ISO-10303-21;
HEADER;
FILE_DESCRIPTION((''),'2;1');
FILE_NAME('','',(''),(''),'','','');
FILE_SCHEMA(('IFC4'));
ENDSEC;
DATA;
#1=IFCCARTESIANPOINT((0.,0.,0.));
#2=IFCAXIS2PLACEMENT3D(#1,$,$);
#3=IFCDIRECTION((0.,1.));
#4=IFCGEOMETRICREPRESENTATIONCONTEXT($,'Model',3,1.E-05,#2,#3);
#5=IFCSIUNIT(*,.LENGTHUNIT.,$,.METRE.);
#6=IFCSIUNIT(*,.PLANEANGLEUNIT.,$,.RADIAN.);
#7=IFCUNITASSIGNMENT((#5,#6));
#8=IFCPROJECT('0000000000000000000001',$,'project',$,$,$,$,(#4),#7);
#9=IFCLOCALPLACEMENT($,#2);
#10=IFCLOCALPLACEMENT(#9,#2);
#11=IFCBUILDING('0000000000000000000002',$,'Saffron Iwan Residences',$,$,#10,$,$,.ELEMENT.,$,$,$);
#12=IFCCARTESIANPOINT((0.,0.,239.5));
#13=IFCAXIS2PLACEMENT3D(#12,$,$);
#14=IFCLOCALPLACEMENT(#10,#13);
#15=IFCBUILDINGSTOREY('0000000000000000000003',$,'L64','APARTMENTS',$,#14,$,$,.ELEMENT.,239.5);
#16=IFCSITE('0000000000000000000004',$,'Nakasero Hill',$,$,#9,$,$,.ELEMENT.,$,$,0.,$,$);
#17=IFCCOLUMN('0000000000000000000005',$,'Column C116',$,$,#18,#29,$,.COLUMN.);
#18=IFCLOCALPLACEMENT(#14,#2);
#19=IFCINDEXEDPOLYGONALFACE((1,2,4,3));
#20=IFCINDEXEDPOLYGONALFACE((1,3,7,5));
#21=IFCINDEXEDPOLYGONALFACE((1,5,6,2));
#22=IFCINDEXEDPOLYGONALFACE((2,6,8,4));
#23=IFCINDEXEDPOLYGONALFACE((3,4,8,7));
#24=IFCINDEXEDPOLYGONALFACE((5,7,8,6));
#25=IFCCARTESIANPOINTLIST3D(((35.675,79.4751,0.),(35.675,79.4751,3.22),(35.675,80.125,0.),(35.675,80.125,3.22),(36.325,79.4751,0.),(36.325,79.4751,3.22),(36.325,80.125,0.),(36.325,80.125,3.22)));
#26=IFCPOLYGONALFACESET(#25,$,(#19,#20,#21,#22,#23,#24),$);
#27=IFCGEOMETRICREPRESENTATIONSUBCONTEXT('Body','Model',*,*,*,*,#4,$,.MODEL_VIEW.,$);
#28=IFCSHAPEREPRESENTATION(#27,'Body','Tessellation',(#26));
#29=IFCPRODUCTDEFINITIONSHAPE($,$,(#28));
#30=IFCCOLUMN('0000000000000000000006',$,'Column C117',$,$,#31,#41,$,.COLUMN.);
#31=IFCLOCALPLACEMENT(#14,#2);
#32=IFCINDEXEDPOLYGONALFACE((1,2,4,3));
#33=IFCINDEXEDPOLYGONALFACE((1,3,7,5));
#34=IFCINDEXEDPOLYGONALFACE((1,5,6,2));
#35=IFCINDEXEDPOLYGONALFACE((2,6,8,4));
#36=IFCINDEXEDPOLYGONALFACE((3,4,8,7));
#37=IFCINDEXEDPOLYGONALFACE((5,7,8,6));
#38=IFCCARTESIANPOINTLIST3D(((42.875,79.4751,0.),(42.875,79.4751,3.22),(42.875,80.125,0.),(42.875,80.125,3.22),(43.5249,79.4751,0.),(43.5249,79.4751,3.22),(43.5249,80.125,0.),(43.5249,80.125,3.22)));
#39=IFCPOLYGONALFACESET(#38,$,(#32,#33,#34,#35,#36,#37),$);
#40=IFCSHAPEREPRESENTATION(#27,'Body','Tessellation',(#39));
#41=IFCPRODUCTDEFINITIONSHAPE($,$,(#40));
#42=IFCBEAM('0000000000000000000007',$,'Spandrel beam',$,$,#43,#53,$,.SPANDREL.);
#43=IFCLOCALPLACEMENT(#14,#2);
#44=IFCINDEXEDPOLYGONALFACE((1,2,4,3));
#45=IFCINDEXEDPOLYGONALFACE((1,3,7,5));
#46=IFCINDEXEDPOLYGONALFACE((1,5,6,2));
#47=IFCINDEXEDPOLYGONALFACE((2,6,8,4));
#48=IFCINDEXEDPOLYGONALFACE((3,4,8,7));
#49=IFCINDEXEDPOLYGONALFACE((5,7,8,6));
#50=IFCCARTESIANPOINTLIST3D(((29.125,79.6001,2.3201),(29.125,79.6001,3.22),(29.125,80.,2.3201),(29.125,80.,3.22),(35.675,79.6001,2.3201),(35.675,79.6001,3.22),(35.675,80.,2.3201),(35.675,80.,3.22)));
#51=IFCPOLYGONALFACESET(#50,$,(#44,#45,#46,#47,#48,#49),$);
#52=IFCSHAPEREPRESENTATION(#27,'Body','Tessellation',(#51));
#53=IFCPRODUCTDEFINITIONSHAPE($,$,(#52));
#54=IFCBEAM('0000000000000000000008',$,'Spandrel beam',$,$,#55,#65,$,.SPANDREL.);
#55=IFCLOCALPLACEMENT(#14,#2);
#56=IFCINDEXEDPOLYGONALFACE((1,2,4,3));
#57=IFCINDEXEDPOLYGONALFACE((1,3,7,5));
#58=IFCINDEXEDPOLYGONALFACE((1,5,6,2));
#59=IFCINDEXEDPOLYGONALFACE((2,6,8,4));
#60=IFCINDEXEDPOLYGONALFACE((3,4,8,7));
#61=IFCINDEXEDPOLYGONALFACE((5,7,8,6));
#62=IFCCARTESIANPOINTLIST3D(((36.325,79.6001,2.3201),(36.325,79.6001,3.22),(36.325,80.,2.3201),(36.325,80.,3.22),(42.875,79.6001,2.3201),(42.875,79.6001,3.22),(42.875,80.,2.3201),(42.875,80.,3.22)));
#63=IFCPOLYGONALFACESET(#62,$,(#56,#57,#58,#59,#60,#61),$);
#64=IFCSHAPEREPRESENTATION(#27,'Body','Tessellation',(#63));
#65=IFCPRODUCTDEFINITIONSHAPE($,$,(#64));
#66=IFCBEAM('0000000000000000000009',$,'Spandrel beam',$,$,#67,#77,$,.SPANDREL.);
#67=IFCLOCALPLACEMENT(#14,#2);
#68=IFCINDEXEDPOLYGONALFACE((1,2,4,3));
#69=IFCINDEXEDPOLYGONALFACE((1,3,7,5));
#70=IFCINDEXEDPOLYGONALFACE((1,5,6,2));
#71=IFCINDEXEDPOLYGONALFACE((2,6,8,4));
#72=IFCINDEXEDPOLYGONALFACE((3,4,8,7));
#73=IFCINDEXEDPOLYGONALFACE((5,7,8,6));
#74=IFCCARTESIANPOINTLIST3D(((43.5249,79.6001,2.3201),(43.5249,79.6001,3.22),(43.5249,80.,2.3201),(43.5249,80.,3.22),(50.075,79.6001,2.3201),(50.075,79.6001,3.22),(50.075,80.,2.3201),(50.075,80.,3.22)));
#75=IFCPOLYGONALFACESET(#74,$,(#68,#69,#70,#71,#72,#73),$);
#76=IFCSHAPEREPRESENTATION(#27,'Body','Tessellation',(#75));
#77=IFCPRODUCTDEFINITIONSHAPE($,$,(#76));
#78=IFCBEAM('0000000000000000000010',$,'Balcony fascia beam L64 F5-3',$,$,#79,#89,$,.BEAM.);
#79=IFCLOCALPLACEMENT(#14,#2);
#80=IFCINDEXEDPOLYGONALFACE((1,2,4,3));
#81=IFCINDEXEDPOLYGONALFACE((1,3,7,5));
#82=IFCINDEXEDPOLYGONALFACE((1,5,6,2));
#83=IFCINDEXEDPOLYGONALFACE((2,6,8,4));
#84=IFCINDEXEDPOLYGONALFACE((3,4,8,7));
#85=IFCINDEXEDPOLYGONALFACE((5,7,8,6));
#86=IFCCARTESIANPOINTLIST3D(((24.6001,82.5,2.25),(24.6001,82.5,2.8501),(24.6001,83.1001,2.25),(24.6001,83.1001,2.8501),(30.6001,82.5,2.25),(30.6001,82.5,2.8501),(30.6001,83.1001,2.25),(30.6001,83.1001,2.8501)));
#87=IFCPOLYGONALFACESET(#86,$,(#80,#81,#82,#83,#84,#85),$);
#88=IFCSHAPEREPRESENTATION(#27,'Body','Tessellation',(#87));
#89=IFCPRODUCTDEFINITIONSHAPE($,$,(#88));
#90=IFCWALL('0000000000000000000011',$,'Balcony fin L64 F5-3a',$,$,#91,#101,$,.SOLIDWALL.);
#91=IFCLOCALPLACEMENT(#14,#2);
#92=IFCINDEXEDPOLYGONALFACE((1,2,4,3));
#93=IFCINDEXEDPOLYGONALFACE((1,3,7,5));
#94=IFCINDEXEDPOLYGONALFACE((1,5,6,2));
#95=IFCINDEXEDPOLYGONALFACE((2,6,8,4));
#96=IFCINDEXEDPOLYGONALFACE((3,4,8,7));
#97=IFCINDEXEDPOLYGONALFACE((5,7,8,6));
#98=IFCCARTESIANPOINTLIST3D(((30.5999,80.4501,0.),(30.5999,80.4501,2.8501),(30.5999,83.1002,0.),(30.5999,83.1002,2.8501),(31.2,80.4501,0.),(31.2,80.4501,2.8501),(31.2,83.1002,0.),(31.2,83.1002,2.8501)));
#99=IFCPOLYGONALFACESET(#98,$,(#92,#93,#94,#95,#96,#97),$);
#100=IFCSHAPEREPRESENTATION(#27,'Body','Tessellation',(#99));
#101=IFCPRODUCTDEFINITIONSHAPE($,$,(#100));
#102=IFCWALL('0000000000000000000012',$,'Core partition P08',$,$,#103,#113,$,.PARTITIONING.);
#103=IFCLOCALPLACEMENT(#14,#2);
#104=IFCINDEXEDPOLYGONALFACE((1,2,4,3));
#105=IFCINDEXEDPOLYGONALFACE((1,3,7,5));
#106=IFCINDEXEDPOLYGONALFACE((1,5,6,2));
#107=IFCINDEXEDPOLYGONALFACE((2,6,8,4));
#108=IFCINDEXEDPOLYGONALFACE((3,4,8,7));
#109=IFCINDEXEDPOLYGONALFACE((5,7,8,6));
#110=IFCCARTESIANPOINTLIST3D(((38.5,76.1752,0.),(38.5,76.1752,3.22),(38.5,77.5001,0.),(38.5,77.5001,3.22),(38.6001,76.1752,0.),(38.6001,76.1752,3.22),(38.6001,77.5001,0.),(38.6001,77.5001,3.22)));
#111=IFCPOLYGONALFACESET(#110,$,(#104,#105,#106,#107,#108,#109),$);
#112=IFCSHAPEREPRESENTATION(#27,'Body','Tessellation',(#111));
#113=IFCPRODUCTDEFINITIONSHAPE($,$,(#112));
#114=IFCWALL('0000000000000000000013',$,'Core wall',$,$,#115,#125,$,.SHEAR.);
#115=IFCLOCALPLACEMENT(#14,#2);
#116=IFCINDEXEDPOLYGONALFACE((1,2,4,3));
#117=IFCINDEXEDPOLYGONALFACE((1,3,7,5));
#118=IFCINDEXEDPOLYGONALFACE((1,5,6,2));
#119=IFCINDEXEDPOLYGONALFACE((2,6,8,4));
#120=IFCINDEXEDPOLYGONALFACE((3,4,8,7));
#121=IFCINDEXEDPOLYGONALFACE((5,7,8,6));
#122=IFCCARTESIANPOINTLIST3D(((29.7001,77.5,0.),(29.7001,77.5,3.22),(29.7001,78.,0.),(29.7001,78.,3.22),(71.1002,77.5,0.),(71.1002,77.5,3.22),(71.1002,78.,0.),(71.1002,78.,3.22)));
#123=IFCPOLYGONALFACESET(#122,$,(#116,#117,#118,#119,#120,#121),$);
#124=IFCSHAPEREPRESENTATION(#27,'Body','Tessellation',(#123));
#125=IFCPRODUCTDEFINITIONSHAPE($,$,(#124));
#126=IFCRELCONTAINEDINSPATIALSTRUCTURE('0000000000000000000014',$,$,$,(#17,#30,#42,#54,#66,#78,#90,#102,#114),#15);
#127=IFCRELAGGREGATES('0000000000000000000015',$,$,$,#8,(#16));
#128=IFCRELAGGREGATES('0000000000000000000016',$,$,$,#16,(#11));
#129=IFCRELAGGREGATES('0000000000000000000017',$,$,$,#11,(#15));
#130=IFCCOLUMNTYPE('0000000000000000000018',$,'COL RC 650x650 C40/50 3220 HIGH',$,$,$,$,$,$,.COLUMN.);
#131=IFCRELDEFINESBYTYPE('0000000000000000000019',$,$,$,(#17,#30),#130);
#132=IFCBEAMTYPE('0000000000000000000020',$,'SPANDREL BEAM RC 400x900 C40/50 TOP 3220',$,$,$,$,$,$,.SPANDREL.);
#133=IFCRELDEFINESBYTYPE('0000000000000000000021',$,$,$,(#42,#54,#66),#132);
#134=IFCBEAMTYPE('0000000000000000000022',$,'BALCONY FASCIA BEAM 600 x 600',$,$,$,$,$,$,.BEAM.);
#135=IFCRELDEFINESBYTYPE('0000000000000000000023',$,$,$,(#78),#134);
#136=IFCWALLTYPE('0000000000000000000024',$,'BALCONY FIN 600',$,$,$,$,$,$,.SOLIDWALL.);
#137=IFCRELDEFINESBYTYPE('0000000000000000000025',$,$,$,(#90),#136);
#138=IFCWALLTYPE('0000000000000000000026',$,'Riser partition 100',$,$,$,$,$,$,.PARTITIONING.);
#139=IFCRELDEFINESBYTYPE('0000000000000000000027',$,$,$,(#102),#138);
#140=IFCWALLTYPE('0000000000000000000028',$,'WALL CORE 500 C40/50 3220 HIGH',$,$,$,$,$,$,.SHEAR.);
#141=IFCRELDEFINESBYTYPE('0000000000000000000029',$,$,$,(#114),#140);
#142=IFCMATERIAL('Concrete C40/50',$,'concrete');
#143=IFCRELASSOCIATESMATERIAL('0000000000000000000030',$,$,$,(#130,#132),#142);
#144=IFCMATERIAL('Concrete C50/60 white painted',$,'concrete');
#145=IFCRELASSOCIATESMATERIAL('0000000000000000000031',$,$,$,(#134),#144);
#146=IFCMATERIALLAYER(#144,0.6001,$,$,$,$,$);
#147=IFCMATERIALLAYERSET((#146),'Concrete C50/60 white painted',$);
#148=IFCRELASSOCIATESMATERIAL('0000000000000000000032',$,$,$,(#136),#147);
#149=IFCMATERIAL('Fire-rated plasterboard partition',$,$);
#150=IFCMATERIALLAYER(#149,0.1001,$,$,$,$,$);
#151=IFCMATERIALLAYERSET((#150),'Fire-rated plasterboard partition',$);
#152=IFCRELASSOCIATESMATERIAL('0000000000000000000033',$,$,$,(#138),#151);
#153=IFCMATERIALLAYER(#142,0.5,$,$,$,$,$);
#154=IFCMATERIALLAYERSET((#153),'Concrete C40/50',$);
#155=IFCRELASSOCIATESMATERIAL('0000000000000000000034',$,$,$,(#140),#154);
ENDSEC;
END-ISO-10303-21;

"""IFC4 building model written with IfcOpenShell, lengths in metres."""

from ifc_helpers import new_model, si_unit, direction, frame, frame_2d, origin, origin_2d, place, context, subcontext, project, spatial, rectangle, extrude, source, transform, mapped, material, layer, layer_set, material_profile, profile_set, type_object, element, save


model = new_model("IFC4")

# Units and contexts
model_context = context("Model", 3, precision=1e-05, world=origin(), true_north=direction((0.0, 1.0)))
body_context = subcontext(model_context, "Body", "Model", "MODEL_VIEW")
ifc_project = project(units=[si_unit("LENGTHUNIT", "METRE"), si_unit("PLANEANGLEUNIT", "RADIAN")], contexts=[model_context])

# Site, building, storey
site_placement = place(None, origin())
site = spatial("IfcSite", under=ifc_project, at=site_placement, Name="Nakasero Hill", CompositionType="ELEMENT", RefElevation=0.0)
building_placement = place(site_placement, origin())
building = spatial("IfcBuilding", under=site, at=building_placement, Name="Saffron Iwan Residences", CompositionType="ELEMENT")
storey_placement = place(building_placement, frame((0.0, 0.0, 239.5)))
storey = spatial("IfcBuildingStorey", under=building, at=storey_placement, Name="L64", Description="APARTMENTS", CompositionType="ELEMENT", Elevation=239.5)

# Columns
ifc_material_1 = material(Name="Concrete C40/50", Category="concrete")
ifc_material_profile_1 = material_profile(ifc_material_1, rectangle(XDim=0.6499, YDim=0.6499, at=origin_2d()), Name="RC 650x650")
ifc_profile_set_1 = profile_set([ifc_material_profile_1], Name="Concrete C40/50")
column_type = type_object("IfcColumnType", Name="COL RC 650x650 C40/50 3220 HIGH", PredefinedType="COLUMN", material=ifc_profile_set_1)
shared_shape_1 = source(origin(), body_context, "Body", "SweptSolid", [
    extrude(rectangle(XDim=0.6499, YDim=0.6499, at=origin_2d()), origin(), (0.0, 0.0, 1.0), 3.22),
])
for number, where, z_axis, x_axis, name in (
    (1, (36.0, 79.8, 0.0), (0.0, 0.0, 1.0), (1.0, 0.0, 0.0), "Column C116"),
    (2, (43.2, 79.8, 0.0), (0.0, 0.0, 1.0), (1.0, 0.0, 0.0), "Column C117"),
):
    element("IfcColumn", number, at=place(storey_placement, frame(where, z_axis=z_axis, x_axis=x_axis)), inside=storey, type_object=column_type, Name=name, PredefinedType="COLUMN", context=body_context, shape_type="MappedRepresentation", body=[
        mapped(shared_shape_1, transform((0.0, 0.0, 0.0))),
    ])

# Beams
ifc_material_profile_2 = material_profile(ifc_material_1, rectangle(XDim=0.3999, YDim=0.8999, at=origin_2d()), Name="RC 400x900")
ifc_profile_set_2 = profile_set([ifc_material_profile_2], Name="Concrete C40/50")
beam_type_1 = type_object("IfcBeamType", Name="SPANDREL BEAM RC 400x900 C40/50 TOP 3220", PredefinedType="SPANDREL", material=ifc_profile_set_2)
shared_shape_2 = source(origin(), body_context, "Body", "SweptSolid", [
    extrude(rectangle(XDim=0.3999, YDim=0.8999, at=origin_2d()), origin(), (0.0, 0.0, 1.0), 6.55),
])
for number, where, z_axis, x_axis, name in (
    (3, (29.125, 79.8, 2.77), (1.0, 0.0, 0.0), (0.0, 1.0, 0.0), "Spandrel beam"),
    (4, (36.325, 79.8, 2.77), (1.0, 0.0, 0.0), (0.0, 1.0, 0.0), "Spandrel beam"),
    (5, (43.5249, 79.8, 2.77), (1.0, 0.0, 0.0), (0.0, 1.0, 0.0), "Spandrel beam"),
):
    element("IfcBeam", number, at=place(storey_placement, frame(where, z_axis=z_axis, x_axis=x_axis)), inside=storey, type_object=beam_type_1, Name=name, PredefinedType="SPANDREL", context=body_context, shape_type="MappedRepresentation", body=[
        mapped(shared_shape_2, transform((0.0, 0.0, 0.0))),
    ])
ifc_material_2 = material(Name="Concrete C50/60 white painted", Category="concrete")
ifc_material_profile_3 = material_profile(ifc_material_2, rectangle(XDim=0.6001, YDim=0.6001, at=origin_2d()), Name="BALCONY FASCIA BEAM 600 x 600")
ifc_profile_set_3 = profile_set([ifc_material_profile_3], Name="Concrete C50/60 white painted")
beam_type_2 = type_object("IfcBeamType", Name="BALCONY FASCIA BEAM 600 x 600", PredefinedType="BEAM", material=ifc_profile_set_3)
shared_shape_3 = source(origin(), body_context, "Body", "SweptSolid", [
    extrude(rectangle(XDim=0.6001, YDim=0.6001, at=origin_2d()), origin(), (0.0, 0.0, 1.0), 6.0),
])
beam_placement = place(storey_placement, frame((30.6001, 82.8, 2.55), z_axis=(-1.0, 0.0, 0.0), x_axis=(0.0, -1.0, 0.0)))
element("IfcBeam", 6, at=beam_placement, inside=storey, type_object=beam_type_2, Name="Balcony fascia beam L64 F5-3", PredefinedType="BEAM", context=body_context, shape_type="MappedRepresentation", body=[
    mapped(shared_shape_3, transform((0.0, 0.0, 0.0))),
])

# Walls
ifc_layer_1 = layer(ifc_material_2, 0.6001)
ifc_layer_set_1 = layer_set([ifc_layer_1], Name="Concrete C50/60 white painted")
wall_type_1 = type_object("IfcWallType", Name="BALCONY FIN 600", PredefinedType="SOLIDWALL", material=ifc_layer_set_1)
wall_1_placement = place(storey_placement, frame((30.8999, 80.45, 0.0), z_axis=(0.0, 0.0, 1.0), x_axis=(0.0, 1.0, 0.0)))
element("IfcWall", 7, at=wall_1_placement, inside=storey, type_object=wall_type_1, Name="Balcony fin L64 F5-3a", PredefinedType="SOLIDWALL", context=body_context, shape_type="SweptSolid", body=[
    extrude(rectangle(XDim=2.6501, YDim=0.6001, at=frame_2d((1.3252, 0.0))), origin(), (0.0, 0.0, 1.0), 2.8501),
])
ifc_material_3 = material(Name="Fire-rated plasterboard partition")
ifc_layer_2 = layer(ifc_material_3, 0.1001)
ifc_layer_set_2 = layer_set([ifc_layer_2], Name="Fire-rated plasterboard partition")
wall_type_2 = type_object("IfcWallType", Name="Riser partition 100", PredefinedType="PARTITIONING", material=ifc_layer_set_2)
wall_2_placement = place(storey_placement, frame((38.55, 76.175, 0.0), z_axis=(0.0, 0.0, 1.0), x_axis=(0.0, 1.0, 0.0)))
element("IfcWall", 8, at=wall_2_placement, inside=storey, type_object=wall_type_2, Name="Core partition P08", PredefinedType="PARTITIONING", context=body_context, shape_type="SweptSolid", body=[
    extrude(rectangle(XDim=1.325, YDim=0.1001, at=frame_2d((0.6626, 0.0))), origin(), (0.0, 0.0, 1.0), 3.22),
])
ifc_layer_3 = layer(ifc_material_1, 0.5)
ifc_layer_set_3 = layer_set([ifc_layer_3], Name="Concrete C40/50")
wall_type_3 = type_object("IfcWallType", Name="WALL CORE 500 C40/50 3220 HIGH", PredefinedType="SHEAR", material=ifc_layer_set_3)
wall_3_placement = place(storey_placement, frame((29.7, 77.75, 0.0), z_axis=(0.0, 0.0, 1.0), x_axis=(1.0, 0.0, 0.0)))
element("IfcWall", 9, at=wall_3_placement, inside=storey, type_object=wall_type_3, Name="Core wall", PredefinedType="SHEAR", context=body_context, shape_type="SweptSolid", body=[
    extrude(rectangle(XDim=41.4001, YDim=0.5, at=frame_2d((20.7002, 0.0))), origin(), (0.0, 0.0, 1.0), 3.22),
])

save(model, "model.ifc")
